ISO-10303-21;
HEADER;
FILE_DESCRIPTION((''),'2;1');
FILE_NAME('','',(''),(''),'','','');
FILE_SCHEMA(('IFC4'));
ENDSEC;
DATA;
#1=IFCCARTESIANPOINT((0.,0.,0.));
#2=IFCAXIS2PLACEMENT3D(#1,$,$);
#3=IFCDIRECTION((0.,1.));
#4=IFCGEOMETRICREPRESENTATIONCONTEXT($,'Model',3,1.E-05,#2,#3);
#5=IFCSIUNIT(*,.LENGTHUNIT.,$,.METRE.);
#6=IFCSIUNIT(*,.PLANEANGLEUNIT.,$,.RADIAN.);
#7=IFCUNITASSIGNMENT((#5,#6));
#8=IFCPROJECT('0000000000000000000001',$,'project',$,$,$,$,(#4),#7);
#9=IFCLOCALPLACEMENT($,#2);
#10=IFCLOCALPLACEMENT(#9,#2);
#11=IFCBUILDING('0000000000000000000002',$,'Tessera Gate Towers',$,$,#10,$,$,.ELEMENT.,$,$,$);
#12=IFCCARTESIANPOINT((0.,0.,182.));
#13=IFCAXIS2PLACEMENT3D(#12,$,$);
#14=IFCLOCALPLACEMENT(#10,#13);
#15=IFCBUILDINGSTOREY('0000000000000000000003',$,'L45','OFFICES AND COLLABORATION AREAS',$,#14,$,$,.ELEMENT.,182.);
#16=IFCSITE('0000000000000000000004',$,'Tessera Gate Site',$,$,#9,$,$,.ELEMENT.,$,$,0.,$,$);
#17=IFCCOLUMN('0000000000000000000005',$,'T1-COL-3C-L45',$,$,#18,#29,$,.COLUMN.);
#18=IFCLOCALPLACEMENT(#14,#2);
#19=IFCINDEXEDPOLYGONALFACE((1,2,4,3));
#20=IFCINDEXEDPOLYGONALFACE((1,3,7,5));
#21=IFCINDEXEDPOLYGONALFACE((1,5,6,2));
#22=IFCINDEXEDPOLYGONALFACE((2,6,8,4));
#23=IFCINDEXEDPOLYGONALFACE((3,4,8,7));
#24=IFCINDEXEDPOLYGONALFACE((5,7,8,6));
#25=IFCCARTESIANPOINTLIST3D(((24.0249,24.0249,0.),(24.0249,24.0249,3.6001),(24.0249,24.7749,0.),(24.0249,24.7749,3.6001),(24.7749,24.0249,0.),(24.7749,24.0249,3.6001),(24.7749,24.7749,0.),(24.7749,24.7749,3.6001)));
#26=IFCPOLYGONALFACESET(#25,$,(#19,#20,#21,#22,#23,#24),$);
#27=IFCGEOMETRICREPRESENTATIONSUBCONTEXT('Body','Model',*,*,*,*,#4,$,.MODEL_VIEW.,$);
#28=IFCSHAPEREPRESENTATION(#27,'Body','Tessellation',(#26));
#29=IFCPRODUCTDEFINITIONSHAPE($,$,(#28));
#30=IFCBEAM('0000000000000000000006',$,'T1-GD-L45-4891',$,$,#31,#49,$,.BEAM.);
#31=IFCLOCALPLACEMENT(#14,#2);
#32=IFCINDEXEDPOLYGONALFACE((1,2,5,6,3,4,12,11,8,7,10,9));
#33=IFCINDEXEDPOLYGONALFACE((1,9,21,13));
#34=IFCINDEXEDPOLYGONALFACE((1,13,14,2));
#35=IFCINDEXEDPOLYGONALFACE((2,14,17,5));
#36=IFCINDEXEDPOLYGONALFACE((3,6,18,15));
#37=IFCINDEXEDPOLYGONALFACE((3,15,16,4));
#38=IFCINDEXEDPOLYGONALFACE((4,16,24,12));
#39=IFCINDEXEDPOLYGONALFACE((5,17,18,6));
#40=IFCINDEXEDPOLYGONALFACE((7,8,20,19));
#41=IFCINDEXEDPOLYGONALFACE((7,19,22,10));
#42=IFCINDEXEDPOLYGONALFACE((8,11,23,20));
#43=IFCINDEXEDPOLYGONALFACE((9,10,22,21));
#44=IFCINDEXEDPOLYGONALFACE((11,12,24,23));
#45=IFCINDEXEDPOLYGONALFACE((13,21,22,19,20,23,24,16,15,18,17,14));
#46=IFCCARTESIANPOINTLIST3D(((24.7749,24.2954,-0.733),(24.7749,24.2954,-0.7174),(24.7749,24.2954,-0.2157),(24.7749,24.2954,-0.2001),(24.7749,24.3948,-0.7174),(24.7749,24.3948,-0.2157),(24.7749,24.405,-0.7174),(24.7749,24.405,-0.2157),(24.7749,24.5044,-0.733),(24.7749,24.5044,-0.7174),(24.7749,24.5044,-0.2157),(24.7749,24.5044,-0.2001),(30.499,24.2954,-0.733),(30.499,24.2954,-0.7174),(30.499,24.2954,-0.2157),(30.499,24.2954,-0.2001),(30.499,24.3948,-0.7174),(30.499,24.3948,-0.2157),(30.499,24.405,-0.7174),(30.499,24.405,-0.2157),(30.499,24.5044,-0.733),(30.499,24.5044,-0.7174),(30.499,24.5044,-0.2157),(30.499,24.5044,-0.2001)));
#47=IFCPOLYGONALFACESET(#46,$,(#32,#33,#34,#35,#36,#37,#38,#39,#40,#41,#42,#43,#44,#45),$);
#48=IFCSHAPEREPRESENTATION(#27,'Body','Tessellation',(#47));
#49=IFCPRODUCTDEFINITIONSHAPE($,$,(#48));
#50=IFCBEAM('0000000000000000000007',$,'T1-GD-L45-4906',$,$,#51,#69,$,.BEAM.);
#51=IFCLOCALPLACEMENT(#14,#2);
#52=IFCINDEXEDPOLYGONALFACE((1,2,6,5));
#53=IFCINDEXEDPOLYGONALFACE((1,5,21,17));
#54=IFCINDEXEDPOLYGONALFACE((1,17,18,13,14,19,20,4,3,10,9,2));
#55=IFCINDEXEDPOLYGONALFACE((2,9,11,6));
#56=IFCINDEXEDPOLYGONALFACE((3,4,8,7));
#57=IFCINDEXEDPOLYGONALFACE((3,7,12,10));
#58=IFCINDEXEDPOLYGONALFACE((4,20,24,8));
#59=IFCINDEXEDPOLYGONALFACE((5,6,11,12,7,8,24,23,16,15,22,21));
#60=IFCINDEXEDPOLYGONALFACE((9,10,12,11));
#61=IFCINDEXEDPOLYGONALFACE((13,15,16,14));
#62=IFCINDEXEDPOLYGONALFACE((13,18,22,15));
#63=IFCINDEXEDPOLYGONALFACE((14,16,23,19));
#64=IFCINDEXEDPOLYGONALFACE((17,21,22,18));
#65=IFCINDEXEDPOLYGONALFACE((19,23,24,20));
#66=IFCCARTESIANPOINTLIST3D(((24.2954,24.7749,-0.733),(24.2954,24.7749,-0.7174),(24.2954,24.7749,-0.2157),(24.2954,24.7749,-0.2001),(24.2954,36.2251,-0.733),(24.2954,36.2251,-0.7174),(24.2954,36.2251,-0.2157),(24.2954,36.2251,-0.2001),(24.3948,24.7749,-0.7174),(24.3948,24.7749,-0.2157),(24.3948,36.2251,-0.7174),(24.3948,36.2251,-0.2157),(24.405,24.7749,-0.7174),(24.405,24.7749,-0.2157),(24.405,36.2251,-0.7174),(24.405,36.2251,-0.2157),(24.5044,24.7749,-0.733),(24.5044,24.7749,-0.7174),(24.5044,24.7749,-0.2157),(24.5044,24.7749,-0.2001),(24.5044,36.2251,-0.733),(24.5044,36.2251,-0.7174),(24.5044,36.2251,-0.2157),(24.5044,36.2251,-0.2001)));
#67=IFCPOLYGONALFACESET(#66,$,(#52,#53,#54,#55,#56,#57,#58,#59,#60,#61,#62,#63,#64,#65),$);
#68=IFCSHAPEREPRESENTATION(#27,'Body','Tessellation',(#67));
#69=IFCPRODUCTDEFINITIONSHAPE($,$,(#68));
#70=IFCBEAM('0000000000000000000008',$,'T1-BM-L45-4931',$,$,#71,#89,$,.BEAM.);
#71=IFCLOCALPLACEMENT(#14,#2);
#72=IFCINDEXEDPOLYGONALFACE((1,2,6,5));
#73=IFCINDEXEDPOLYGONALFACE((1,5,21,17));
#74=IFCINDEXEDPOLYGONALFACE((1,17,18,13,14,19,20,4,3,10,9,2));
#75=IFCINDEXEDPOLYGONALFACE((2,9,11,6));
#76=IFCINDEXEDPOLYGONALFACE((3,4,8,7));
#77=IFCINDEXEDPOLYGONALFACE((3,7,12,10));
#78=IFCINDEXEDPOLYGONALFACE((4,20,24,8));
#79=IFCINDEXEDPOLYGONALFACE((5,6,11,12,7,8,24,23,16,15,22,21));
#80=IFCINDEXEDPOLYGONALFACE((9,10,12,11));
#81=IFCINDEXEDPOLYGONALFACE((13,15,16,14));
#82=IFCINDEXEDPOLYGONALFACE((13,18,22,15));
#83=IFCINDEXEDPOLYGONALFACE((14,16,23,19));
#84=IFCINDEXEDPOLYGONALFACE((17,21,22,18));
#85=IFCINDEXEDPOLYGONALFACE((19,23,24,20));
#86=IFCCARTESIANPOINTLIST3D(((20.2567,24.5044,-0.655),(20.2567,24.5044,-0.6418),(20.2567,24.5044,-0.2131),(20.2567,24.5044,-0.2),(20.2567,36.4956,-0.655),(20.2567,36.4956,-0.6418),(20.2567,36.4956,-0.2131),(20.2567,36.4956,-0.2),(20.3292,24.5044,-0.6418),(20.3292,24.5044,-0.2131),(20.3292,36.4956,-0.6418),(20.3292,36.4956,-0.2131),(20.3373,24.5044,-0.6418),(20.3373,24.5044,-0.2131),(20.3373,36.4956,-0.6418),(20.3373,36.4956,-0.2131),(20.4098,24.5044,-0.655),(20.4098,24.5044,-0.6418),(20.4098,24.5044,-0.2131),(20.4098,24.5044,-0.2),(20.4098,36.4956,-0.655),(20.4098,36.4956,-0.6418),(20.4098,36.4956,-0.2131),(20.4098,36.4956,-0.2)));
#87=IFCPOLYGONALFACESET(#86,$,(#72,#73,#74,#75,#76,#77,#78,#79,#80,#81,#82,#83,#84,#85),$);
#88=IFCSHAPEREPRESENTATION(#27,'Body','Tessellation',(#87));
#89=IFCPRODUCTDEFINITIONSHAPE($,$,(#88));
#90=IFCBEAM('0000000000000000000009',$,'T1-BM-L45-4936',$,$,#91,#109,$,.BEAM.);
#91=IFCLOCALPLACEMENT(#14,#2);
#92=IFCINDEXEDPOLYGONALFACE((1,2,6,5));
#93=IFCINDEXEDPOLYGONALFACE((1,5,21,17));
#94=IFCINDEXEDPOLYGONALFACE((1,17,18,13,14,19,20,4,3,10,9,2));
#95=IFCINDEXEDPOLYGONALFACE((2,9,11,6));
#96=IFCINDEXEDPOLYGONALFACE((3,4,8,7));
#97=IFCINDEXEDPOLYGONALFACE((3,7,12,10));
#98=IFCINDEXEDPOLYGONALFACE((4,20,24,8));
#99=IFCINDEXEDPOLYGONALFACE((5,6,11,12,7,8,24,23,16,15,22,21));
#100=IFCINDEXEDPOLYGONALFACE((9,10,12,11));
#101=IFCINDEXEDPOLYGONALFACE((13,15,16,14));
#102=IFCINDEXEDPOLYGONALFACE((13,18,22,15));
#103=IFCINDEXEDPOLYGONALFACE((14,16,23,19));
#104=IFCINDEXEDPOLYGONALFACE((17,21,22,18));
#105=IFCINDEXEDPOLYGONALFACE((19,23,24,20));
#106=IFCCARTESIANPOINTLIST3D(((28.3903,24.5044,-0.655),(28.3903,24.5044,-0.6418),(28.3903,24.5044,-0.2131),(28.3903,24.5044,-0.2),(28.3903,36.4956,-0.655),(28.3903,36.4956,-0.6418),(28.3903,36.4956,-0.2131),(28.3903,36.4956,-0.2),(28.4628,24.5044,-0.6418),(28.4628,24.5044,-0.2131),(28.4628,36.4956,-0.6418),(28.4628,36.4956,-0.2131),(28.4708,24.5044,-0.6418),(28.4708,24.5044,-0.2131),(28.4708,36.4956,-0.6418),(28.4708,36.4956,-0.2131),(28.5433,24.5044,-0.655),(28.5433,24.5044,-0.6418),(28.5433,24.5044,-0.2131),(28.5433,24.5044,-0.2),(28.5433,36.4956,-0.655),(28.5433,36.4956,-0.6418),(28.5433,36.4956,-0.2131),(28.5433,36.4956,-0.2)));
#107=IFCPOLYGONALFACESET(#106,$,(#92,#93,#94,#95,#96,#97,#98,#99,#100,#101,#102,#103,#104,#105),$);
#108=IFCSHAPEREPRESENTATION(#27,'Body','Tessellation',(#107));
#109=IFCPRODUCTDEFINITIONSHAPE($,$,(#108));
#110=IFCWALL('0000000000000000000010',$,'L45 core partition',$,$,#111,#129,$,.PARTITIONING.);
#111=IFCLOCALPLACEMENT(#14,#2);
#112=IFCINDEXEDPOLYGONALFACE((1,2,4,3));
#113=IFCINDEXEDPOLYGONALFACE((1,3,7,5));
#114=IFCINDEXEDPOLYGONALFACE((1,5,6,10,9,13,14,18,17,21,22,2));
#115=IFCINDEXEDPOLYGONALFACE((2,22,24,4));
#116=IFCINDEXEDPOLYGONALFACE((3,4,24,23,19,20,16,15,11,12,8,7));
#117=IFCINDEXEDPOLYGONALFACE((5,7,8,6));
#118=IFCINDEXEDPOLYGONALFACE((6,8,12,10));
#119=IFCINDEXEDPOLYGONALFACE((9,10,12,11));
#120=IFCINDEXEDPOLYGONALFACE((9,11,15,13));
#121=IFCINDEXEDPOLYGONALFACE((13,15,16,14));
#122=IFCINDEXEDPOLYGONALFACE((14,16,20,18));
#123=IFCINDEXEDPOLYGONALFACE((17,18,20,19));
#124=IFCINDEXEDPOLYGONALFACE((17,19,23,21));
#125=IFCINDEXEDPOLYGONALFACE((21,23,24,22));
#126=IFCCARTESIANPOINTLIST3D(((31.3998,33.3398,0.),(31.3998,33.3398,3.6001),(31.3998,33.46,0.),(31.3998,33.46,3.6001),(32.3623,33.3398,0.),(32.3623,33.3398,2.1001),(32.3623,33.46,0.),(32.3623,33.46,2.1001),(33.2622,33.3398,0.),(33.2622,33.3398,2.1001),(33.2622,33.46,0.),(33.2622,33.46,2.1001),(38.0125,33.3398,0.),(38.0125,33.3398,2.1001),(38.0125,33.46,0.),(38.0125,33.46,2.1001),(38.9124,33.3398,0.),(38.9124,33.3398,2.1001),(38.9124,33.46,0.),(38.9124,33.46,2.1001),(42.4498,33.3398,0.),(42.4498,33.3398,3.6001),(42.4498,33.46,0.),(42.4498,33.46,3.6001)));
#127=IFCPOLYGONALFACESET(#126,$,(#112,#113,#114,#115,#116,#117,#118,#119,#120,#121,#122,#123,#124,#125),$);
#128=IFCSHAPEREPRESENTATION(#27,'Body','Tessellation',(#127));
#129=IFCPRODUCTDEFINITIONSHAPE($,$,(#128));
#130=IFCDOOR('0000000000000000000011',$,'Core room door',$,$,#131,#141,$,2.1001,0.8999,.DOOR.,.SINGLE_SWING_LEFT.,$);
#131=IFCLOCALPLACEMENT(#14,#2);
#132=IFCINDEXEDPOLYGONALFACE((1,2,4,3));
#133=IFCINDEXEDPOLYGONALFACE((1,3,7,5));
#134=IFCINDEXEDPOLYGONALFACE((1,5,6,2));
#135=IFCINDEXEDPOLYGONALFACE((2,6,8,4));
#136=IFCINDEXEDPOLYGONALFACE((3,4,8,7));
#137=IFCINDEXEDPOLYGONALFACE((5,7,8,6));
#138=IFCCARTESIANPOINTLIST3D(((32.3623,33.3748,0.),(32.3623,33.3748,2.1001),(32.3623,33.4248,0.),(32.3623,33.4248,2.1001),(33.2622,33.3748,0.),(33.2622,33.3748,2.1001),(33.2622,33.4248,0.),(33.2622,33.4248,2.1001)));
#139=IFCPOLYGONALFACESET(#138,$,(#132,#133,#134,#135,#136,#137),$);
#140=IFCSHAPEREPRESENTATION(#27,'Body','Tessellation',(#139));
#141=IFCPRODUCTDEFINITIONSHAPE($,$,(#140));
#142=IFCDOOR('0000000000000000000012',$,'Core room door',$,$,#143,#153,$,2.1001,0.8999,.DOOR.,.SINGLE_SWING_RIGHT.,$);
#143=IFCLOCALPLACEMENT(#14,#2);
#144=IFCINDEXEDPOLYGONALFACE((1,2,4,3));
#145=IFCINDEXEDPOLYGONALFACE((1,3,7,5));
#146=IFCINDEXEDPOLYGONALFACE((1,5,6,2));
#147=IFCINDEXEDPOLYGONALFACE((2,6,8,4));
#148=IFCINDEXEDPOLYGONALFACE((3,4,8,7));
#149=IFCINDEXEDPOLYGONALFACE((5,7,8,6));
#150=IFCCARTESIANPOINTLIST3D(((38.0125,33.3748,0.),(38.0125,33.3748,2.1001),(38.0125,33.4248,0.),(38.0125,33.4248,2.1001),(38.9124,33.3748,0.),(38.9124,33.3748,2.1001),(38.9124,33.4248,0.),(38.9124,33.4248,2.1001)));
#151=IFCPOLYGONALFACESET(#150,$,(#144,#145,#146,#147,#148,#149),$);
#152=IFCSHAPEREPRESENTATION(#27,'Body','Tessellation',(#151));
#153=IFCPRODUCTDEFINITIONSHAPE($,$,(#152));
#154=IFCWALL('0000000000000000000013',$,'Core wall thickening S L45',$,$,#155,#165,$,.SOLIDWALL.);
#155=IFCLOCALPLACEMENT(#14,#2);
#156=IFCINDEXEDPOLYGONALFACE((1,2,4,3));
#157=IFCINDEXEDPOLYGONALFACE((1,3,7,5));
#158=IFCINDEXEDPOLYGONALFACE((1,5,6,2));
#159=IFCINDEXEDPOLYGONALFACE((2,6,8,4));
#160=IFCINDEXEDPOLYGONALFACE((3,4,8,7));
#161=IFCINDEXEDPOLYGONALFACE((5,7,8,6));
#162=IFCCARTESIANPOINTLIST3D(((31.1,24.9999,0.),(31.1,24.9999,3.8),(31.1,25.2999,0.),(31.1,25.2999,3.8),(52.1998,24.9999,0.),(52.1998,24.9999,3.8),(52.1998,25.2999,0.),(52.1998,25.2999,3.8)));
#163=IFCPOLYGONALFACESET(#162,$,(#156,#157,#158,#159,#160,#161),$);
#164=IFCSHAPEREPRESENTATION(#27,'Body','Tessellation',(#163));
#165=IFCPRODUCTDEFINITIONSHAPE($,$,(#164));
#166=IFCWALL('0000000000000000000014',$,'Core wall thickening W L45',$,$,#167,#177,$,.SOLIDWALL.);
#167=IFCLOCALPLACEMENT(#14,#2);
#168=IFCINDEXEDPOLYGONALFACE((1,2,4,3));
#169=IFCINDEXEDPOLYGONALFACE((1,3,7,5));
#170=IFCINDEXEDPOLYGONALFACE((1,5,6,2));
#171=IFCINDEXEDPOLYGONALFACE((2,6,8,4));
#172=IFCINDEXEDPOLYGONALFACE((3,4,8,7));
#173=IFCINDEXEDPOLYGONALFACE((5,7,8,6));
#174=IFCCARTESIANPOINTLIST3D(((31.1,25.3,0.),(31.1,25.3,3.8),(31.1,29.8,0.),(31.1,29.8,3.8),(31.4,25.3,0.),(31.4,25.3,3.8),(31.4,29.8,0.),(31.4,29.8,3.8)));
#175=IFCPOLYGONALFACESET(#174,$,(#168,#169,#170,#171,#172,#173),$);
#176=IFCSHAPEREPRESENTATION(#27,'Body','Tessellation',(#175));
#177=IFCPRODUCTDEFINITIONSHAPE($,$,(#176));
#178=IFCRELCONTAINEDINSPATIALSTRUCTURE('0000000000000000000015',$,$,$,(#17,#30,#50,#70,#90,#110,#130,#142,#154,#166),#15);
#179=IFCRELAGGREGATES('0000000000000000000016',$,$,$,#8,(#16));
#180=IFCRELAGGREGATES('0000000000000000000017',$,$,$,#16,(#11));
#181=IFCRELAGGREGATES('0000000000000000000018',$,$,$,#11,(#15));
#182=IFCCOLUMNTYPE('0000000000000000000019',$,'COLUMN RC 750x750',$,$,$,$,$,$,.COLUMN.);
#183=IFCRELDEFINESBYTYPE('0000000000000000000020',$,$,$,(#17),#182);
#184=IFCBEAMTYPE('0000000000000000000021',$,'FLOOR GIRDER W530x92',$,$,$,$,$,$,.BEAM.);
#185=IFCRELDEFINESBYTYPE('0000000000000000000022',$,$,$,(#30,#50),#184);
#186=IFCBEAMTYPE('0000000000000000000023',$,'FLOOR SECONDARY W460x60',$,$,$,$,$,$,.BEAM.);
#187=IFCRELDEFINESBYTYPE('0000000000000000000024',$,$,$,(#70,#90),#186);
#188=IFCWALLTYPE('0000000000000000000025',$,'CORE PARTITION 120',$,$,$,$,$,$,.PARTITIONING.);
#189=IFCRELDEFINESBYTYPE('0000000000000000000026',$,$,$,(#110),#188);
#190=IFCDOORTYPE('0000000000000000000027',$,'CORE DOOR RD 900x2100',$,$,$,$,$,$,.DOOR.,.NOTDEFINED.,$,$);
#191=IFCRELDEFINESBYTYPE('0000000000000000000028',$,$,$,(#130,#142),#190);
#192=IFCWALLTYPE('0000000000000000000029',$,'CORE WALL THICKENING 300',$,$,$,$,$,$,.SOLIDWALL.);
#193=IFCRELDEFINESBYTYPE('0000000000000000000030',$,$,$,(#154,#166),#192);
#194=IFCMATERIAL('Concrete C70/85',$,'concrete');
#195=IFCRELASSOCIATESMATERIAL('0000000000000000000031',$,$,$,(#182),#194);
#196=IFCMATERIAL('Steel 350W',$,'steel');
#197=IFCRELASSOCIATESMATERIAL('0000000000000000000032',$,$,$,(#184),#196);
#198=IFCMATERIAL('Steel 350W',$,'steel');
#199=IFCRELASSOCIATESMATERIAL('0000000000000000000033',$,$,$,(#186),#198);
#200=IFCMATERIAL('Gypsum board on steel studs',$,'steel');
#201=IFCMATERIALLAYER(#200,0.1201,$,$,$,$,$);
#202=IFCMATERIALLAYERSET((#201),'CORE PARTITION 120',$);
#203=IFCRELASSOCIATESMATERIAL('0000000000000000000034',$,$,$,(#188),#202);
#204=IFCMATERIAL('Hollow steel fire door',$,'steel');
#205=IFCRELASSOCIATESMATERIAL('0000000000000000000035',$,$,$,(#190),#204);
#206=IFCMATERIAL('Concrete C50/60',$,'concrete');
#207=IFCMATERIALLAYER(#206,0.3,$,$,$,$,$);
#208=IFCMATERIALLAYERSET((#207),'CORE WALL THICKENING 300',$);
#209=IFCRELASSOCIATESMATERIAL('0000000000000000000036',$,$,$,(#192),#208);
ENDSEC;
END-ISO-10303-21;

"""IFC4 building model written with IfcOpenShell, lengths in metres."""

from ifc_helpers import new_model, si_unit, direction, frame, frame_2d, origin, origin_2d, place, context, subcontext, project, spatial, rectangle, i_section, extrude, source, transform, mapped, material, layer, layer_set, material_profile, profile_set, type_object, element, fill, save


model = new_model("IFC4")

# Units and contexts
model_context = context("Model", 3, precision=1e-05, world=origin(), true_north=direction((0.0, 1.0)))
body_context = subcontext(model_context, "Body", "Model", "MODEL_VIEW")
ifc_project = project(units=[si_unit("LENGTHUNIT", "METRE"), si_unit("PLANEANGLEUNIT", "RADIAN")], contexts=[model_context])

# Site, building, storey
site_placement = place(None, origin())
site = spatial("IfcSite", under=ifc_project, at=site_placement, Name="Tessera Gate Site", CompositionType="ELEMENT", RefElevation=0.0)
building_placement = place(site_placement, origin())
building = spatial("IfcBuilding", under=site, at=building_placement, Name="Tessera Gate Towers", CompositionType="ELEMENT")
storey_placement = place(building_placement, frame((0.0, 0.0, 182.0)))
storey = spatial("IfcBuildingStorey", under=building, at=storey_placement, Name="L45", Description="OFFICES AND COLLABORATION AREAS", CompositionType="ELEMENT", Elevation=182.0)

# Column
ifc_material_1 = material(Name="Concrete C70/85", Category="concrete")
ifc_material_profile_1 = material_profile(ifc_material_1, rectangle(XDim=0.75, YDim=0.75, at=origin_2d()), Name="RC 750x750")
ifc_profile_set_1 = profile_set([ifc_material_profile_1], Name="Concrete C70/85")
column_type = type_object("IfcColumnType", Name="COLUMN RC 750x750", PredefinedType="COLUMN", material=ifc_profile_set_1)
column_placement = place(storey_placement, frame((24.3999, 24.3999, 0.0), z_axis=(0.0, 0.0, 1.0), x_axis=(1.0, 0.0, 0.0)))
element("IfcColumn", 1, at=column_placement, inside=storey, type_object=column_type, Name="T1-COL-3C-L45", PredefinedType="COLUMN", context=body_context, shape_type="SweptSolid", body=[
    extrude(rectangle(XDim=0.75, YDim=0.75, at=origin_2d()), origin(), (0.0, 0.0, 1.0), 3.6001),
])

# Beams
ifc_material_2 = material(Name="Steel 350W", Category="steel")
ifc_material_profile_2 = material_profile(ifc_material_2, i_section(OverallWidth=0.209, OverallDepth=0.533, WebThickness=0.0103, FlangeThickness=0.0156, at=origin_2d()), Name="W530x92")
ifc_profile_set_2 = profile_set([ifc_material_profile_2], Name="Steel 350W")
beam_type_1 = type_object("IfcBeamType", Name="FLOOR GIRDER W530x92", PredefinedType="BEAM", material=ifc_profile_set_2)
beam_1_placement = place(storey_placement, frame((24.7749, 24.3999, -0.4666), z_axis=(1.0, 0.0, 0.0), x_axis=(0.0, 1.0, 0.0)))
element("IfcBeam", 2, at=beam_1_placement, inside=storey, type_object=beam_type_1, Name="T1-GD-L45-4891", PredefinedType="BEAM", context=body_context, shape_type="SweptSolid", body=[
    extrude(i_section(OverallWidth=0.209, OverallDepth=0.533, WebThickness=0.0103, FlangeThickness=0.0156, at=origin_2d()), origin(), (0.0, 0.0, 1.0), 5.7241),
])
beam_2_placement = place(storey_placement, frame((24.3999, 24.7749, -0.4666), z_axis=(0.0, 1.0, 0.0), x_axis=(-1.0, 0.0, 0.0)))
element("IfcBeam", 3, at=beam_2_placement, inside=storey, type_object=beam_type_1, Name="T1-GD-L45-4906", PredefinedType="BEAM", context=body_context, shape_type="SweptSolid", body=[
    extrude(i_section(OverallWidth=0.209, OverallDepth=0.533, WebThickness=0.0103, FlangeThickness=0.0156, at=origin_2d()), origin(), (0.0, 0.0, 1.0), 11.4502),
])
ifc_material_3 = material(Name="Steel 350W", Category="steel")
ifc_material_profile_3 = material_profile(ifc_material_3, i_section(OverallWidth=0.1531, OverallDepth=0.4551, WebThickness=0.0081, FlangeThickness=0.0132, at=origin_2d()), Name="W460x60")
ifc_profile_set_3 = profile_set([ifc_material_profile_3], Name="Steel 350W")
beam_type_2 = type_object("IfcBeamType", Name="FLOOR SECONDARY W460x60", PredefinedType="BEAM", material=ifc_profile_set_3)
for number, where, z_axis, x_axis, name in (
    (4, (20.3333, 24.5044, -0.4275), (0.0, 1.0, 0.0), (-1.0, 0.0, 0.0), "T1-BM-L45-4931"),
    (5, (28.4668, 24.5044, -0.4275), (0.0, 1.0, 0.0), (-1.0, 0.0, 0.0), "T1-BM-L45-4936"),
):
    element("IfcBeam", number, at=place(storey_placement, frame(where, z_axis=z_axis, x_axis=x_axis)), inside=storey, type_object=beam_type_2, Name=name, PredefinedType="BEAM", context=body_context, shape_type="SweptSolid", body=[
        extrude(i_section(OverallWidth=0.1531, OverallDepth=0.4551, WebThickness=0.0081, FlangeThickness=0.0132, at=origin_2d()), origin(), (0.0, 0.0, 1.0), 11.9912),
    ])

# Wall, openings, doors
ifc_material_4 = material(Name="Gypsum board on steel studs", Category="steel")
ifc_layer_1 = layer(ifc_material_4, 0.1201)
ifc_layer_set_1 = layer_set([ifc_layer_1], Name="CORE PARTITION 120")
wall_type_1 = type_object("IfcWallType", Name="CORE PARTITION 120", PredefinedType="PARTITIONING", material=ifc_layer_set_1)
wall_1_placement = place(storey_placement, frame((31.3999, 33.3999, 0.0), z_axis=(0.0, 0.0, 1.0), x_axis=(1.0, 0.0, 0.0)))
wall_1 = element("IfcWall", 6, at=wall_1_placement, inside=storey, type_object=wall_type_1, Name="L45 core partition", PredefinedType="PARTITIONING", context=body_context, shape_type="SweptSolid", body=[
    extrude(rectangle(XDim=11.05, YDim=0.1201, at=frame_2d((5.5249, 0.0))), origin(), (0.0, 0.0, 1.0), 3.6001),
])
shared_shape_1 = source(origin(), body_context, "Body", "SweptSolid", [
    extrude(rectangle(XDim=0.8999, YDim=2.1001, at=frame_2d((0.45, 1.05))), frame((0.0, 0.0701, 0.0), z_axis=(0.0, -1.0, 0.0), x_axis=(1.0, 0.0, 0.0)), (0.0, 0.0, 1.0), 0.1401),
])
opening_1_placement = place(wall_1_placement, frame((0.9624, 0.0, 0.0)))
opening_1 = element("IfcOpeningElement", 7, at=opening_1_placement, cuts=wall_1, PredefinedType="OPENING", context=body_context, shape_type="MappedRepresentation", body=[
    mapped(shared_shape_1, transform((0.0, 0.0, 0.0), scale=1.0)),
])
opening_2_placement = place(wall_1_placement, frame((6.6125, 0.0, 0.0)))
opening_2 = element("IfcOpeningElement", 8, at=opening_2_placement, cuts=wall_1, PredefinedType="OPENING", context=body_context, shape_type="MappedRepresentation", body=[
    mapped(shared_shape_1, transform((0.0, 0.0, 0.0), scale=1.0)),
])
ifc_material_5 = material(Name="Hollow steel fire door", Category="steel")
door_type_1 = type_object("IfcDoorType", Name="CORE DOOR RD 900x2100", OperationType="NOTDEFINED", PredefinedType="DOOR", material=ifc_material_5)
shared_shape_2 = source(origin(), body_context, "Body", "SweptSolid", [
    extrude(rectangle(XDim=0.8999, YDim=2.1001, at=frame_2d((0.45, 1.05))), frame((0.0, 0.0249, 0.0), z_axis=(0.0, -1.0, 0.0), x_axis=(1.0, 0.0, 0.0)), (0.0, 0.0, 1.0), 0.05),
])
door_1_placement = place(opening_1_placement, origin())
door_1 = element("IfcDoor", 9, at=door_1_placement, inside=storey, type_object=door_type_1, Name="Core room door", OperationType="SINGLE_SWING_LEFT", OverallHeight=2.1001, OverallWidth=0.8999, PredefinedType="DOOR", context=body_context, shape_type="MappedRepresentation", body=[
    mapped(shared_shape_2, transform((0.0, 0.0, 0.0), scale=1.0)),
])
fill(opening_1, door_1)
door_2_placement = place(opening_2_placement, origin())
door_2 = element("IfcDoor", 10, at=door_2_placement, inside=storey, type_object=door_type_1, Name="Core room door", OperationType="SINGLE_SWING_RIGHT", OverallHeight=2.1001, OverallWidth=0.8999, PredefinedType="DOOR", context=body_context, shape_type="MappedRepresentation", body=[
    mapped(shared_shape_2, transform((0.0, 0.0, 0.0), scale=1.0)),
])
fill(opening_2, door_2)

# Walls
ifc_material_6 = material(Name="Concrete C50/60", Category="concrete")
ifc_layer_2 = layer(ifc_material_6, 0.3)
ifc_layer_set_2 = layer_set([ifc_layer_2], Name="CORE WALL THICKENING 300")
wall_type_2 = type_object("IfcWallType", Name="CORE WALL THICKENING 300", PredefinedType="SOLIDWALL", material=ifc_layer_set_2)
wall_2_placement = place(storey_placement, frame((31.1001, 25.1499, 0.0), z_axis=(0.0, 0.0, 1.0), x_axis=(1.0, 0.0, 0.0)))
element("IfcWall", 11, at=wall_2_placement, inside=storey, type_object=wall_type_2, Name="Core wall thickening S L45", PredefinedType="SOLIDWALL", context=body_context, shape_type="SweptSolid", body=[
    extrude(rectangle(XDim=21.0999, YDim=0.3, at=frame_2d((10.5498, 0.0))), origin(), (0.0, 0.0, 1.0), 3.8),
])
wall_3_placement = place(storey_placement, frame((31.25, 25.3, 0.0), z_axis=(0.0, 0.0, 1.0), x_axis=(0.0, 1.0, 0.0)))
element("IfcWall", 12, at=wall_3_placement, inside=storey, type_object=wall_type_2, Name="Core wall thickening W L45", PredefinedType="SOLIDWALL", context=body_context, shape_type="SweptSolid", body=[
    extrude(rectangle(XDim=4.5, YDim=0.3, at=frame_2d((2.25, 0.0))), origin(), (0.0, 0.0, 1.0), 3.8),
])

save(model, "model.ifc")
